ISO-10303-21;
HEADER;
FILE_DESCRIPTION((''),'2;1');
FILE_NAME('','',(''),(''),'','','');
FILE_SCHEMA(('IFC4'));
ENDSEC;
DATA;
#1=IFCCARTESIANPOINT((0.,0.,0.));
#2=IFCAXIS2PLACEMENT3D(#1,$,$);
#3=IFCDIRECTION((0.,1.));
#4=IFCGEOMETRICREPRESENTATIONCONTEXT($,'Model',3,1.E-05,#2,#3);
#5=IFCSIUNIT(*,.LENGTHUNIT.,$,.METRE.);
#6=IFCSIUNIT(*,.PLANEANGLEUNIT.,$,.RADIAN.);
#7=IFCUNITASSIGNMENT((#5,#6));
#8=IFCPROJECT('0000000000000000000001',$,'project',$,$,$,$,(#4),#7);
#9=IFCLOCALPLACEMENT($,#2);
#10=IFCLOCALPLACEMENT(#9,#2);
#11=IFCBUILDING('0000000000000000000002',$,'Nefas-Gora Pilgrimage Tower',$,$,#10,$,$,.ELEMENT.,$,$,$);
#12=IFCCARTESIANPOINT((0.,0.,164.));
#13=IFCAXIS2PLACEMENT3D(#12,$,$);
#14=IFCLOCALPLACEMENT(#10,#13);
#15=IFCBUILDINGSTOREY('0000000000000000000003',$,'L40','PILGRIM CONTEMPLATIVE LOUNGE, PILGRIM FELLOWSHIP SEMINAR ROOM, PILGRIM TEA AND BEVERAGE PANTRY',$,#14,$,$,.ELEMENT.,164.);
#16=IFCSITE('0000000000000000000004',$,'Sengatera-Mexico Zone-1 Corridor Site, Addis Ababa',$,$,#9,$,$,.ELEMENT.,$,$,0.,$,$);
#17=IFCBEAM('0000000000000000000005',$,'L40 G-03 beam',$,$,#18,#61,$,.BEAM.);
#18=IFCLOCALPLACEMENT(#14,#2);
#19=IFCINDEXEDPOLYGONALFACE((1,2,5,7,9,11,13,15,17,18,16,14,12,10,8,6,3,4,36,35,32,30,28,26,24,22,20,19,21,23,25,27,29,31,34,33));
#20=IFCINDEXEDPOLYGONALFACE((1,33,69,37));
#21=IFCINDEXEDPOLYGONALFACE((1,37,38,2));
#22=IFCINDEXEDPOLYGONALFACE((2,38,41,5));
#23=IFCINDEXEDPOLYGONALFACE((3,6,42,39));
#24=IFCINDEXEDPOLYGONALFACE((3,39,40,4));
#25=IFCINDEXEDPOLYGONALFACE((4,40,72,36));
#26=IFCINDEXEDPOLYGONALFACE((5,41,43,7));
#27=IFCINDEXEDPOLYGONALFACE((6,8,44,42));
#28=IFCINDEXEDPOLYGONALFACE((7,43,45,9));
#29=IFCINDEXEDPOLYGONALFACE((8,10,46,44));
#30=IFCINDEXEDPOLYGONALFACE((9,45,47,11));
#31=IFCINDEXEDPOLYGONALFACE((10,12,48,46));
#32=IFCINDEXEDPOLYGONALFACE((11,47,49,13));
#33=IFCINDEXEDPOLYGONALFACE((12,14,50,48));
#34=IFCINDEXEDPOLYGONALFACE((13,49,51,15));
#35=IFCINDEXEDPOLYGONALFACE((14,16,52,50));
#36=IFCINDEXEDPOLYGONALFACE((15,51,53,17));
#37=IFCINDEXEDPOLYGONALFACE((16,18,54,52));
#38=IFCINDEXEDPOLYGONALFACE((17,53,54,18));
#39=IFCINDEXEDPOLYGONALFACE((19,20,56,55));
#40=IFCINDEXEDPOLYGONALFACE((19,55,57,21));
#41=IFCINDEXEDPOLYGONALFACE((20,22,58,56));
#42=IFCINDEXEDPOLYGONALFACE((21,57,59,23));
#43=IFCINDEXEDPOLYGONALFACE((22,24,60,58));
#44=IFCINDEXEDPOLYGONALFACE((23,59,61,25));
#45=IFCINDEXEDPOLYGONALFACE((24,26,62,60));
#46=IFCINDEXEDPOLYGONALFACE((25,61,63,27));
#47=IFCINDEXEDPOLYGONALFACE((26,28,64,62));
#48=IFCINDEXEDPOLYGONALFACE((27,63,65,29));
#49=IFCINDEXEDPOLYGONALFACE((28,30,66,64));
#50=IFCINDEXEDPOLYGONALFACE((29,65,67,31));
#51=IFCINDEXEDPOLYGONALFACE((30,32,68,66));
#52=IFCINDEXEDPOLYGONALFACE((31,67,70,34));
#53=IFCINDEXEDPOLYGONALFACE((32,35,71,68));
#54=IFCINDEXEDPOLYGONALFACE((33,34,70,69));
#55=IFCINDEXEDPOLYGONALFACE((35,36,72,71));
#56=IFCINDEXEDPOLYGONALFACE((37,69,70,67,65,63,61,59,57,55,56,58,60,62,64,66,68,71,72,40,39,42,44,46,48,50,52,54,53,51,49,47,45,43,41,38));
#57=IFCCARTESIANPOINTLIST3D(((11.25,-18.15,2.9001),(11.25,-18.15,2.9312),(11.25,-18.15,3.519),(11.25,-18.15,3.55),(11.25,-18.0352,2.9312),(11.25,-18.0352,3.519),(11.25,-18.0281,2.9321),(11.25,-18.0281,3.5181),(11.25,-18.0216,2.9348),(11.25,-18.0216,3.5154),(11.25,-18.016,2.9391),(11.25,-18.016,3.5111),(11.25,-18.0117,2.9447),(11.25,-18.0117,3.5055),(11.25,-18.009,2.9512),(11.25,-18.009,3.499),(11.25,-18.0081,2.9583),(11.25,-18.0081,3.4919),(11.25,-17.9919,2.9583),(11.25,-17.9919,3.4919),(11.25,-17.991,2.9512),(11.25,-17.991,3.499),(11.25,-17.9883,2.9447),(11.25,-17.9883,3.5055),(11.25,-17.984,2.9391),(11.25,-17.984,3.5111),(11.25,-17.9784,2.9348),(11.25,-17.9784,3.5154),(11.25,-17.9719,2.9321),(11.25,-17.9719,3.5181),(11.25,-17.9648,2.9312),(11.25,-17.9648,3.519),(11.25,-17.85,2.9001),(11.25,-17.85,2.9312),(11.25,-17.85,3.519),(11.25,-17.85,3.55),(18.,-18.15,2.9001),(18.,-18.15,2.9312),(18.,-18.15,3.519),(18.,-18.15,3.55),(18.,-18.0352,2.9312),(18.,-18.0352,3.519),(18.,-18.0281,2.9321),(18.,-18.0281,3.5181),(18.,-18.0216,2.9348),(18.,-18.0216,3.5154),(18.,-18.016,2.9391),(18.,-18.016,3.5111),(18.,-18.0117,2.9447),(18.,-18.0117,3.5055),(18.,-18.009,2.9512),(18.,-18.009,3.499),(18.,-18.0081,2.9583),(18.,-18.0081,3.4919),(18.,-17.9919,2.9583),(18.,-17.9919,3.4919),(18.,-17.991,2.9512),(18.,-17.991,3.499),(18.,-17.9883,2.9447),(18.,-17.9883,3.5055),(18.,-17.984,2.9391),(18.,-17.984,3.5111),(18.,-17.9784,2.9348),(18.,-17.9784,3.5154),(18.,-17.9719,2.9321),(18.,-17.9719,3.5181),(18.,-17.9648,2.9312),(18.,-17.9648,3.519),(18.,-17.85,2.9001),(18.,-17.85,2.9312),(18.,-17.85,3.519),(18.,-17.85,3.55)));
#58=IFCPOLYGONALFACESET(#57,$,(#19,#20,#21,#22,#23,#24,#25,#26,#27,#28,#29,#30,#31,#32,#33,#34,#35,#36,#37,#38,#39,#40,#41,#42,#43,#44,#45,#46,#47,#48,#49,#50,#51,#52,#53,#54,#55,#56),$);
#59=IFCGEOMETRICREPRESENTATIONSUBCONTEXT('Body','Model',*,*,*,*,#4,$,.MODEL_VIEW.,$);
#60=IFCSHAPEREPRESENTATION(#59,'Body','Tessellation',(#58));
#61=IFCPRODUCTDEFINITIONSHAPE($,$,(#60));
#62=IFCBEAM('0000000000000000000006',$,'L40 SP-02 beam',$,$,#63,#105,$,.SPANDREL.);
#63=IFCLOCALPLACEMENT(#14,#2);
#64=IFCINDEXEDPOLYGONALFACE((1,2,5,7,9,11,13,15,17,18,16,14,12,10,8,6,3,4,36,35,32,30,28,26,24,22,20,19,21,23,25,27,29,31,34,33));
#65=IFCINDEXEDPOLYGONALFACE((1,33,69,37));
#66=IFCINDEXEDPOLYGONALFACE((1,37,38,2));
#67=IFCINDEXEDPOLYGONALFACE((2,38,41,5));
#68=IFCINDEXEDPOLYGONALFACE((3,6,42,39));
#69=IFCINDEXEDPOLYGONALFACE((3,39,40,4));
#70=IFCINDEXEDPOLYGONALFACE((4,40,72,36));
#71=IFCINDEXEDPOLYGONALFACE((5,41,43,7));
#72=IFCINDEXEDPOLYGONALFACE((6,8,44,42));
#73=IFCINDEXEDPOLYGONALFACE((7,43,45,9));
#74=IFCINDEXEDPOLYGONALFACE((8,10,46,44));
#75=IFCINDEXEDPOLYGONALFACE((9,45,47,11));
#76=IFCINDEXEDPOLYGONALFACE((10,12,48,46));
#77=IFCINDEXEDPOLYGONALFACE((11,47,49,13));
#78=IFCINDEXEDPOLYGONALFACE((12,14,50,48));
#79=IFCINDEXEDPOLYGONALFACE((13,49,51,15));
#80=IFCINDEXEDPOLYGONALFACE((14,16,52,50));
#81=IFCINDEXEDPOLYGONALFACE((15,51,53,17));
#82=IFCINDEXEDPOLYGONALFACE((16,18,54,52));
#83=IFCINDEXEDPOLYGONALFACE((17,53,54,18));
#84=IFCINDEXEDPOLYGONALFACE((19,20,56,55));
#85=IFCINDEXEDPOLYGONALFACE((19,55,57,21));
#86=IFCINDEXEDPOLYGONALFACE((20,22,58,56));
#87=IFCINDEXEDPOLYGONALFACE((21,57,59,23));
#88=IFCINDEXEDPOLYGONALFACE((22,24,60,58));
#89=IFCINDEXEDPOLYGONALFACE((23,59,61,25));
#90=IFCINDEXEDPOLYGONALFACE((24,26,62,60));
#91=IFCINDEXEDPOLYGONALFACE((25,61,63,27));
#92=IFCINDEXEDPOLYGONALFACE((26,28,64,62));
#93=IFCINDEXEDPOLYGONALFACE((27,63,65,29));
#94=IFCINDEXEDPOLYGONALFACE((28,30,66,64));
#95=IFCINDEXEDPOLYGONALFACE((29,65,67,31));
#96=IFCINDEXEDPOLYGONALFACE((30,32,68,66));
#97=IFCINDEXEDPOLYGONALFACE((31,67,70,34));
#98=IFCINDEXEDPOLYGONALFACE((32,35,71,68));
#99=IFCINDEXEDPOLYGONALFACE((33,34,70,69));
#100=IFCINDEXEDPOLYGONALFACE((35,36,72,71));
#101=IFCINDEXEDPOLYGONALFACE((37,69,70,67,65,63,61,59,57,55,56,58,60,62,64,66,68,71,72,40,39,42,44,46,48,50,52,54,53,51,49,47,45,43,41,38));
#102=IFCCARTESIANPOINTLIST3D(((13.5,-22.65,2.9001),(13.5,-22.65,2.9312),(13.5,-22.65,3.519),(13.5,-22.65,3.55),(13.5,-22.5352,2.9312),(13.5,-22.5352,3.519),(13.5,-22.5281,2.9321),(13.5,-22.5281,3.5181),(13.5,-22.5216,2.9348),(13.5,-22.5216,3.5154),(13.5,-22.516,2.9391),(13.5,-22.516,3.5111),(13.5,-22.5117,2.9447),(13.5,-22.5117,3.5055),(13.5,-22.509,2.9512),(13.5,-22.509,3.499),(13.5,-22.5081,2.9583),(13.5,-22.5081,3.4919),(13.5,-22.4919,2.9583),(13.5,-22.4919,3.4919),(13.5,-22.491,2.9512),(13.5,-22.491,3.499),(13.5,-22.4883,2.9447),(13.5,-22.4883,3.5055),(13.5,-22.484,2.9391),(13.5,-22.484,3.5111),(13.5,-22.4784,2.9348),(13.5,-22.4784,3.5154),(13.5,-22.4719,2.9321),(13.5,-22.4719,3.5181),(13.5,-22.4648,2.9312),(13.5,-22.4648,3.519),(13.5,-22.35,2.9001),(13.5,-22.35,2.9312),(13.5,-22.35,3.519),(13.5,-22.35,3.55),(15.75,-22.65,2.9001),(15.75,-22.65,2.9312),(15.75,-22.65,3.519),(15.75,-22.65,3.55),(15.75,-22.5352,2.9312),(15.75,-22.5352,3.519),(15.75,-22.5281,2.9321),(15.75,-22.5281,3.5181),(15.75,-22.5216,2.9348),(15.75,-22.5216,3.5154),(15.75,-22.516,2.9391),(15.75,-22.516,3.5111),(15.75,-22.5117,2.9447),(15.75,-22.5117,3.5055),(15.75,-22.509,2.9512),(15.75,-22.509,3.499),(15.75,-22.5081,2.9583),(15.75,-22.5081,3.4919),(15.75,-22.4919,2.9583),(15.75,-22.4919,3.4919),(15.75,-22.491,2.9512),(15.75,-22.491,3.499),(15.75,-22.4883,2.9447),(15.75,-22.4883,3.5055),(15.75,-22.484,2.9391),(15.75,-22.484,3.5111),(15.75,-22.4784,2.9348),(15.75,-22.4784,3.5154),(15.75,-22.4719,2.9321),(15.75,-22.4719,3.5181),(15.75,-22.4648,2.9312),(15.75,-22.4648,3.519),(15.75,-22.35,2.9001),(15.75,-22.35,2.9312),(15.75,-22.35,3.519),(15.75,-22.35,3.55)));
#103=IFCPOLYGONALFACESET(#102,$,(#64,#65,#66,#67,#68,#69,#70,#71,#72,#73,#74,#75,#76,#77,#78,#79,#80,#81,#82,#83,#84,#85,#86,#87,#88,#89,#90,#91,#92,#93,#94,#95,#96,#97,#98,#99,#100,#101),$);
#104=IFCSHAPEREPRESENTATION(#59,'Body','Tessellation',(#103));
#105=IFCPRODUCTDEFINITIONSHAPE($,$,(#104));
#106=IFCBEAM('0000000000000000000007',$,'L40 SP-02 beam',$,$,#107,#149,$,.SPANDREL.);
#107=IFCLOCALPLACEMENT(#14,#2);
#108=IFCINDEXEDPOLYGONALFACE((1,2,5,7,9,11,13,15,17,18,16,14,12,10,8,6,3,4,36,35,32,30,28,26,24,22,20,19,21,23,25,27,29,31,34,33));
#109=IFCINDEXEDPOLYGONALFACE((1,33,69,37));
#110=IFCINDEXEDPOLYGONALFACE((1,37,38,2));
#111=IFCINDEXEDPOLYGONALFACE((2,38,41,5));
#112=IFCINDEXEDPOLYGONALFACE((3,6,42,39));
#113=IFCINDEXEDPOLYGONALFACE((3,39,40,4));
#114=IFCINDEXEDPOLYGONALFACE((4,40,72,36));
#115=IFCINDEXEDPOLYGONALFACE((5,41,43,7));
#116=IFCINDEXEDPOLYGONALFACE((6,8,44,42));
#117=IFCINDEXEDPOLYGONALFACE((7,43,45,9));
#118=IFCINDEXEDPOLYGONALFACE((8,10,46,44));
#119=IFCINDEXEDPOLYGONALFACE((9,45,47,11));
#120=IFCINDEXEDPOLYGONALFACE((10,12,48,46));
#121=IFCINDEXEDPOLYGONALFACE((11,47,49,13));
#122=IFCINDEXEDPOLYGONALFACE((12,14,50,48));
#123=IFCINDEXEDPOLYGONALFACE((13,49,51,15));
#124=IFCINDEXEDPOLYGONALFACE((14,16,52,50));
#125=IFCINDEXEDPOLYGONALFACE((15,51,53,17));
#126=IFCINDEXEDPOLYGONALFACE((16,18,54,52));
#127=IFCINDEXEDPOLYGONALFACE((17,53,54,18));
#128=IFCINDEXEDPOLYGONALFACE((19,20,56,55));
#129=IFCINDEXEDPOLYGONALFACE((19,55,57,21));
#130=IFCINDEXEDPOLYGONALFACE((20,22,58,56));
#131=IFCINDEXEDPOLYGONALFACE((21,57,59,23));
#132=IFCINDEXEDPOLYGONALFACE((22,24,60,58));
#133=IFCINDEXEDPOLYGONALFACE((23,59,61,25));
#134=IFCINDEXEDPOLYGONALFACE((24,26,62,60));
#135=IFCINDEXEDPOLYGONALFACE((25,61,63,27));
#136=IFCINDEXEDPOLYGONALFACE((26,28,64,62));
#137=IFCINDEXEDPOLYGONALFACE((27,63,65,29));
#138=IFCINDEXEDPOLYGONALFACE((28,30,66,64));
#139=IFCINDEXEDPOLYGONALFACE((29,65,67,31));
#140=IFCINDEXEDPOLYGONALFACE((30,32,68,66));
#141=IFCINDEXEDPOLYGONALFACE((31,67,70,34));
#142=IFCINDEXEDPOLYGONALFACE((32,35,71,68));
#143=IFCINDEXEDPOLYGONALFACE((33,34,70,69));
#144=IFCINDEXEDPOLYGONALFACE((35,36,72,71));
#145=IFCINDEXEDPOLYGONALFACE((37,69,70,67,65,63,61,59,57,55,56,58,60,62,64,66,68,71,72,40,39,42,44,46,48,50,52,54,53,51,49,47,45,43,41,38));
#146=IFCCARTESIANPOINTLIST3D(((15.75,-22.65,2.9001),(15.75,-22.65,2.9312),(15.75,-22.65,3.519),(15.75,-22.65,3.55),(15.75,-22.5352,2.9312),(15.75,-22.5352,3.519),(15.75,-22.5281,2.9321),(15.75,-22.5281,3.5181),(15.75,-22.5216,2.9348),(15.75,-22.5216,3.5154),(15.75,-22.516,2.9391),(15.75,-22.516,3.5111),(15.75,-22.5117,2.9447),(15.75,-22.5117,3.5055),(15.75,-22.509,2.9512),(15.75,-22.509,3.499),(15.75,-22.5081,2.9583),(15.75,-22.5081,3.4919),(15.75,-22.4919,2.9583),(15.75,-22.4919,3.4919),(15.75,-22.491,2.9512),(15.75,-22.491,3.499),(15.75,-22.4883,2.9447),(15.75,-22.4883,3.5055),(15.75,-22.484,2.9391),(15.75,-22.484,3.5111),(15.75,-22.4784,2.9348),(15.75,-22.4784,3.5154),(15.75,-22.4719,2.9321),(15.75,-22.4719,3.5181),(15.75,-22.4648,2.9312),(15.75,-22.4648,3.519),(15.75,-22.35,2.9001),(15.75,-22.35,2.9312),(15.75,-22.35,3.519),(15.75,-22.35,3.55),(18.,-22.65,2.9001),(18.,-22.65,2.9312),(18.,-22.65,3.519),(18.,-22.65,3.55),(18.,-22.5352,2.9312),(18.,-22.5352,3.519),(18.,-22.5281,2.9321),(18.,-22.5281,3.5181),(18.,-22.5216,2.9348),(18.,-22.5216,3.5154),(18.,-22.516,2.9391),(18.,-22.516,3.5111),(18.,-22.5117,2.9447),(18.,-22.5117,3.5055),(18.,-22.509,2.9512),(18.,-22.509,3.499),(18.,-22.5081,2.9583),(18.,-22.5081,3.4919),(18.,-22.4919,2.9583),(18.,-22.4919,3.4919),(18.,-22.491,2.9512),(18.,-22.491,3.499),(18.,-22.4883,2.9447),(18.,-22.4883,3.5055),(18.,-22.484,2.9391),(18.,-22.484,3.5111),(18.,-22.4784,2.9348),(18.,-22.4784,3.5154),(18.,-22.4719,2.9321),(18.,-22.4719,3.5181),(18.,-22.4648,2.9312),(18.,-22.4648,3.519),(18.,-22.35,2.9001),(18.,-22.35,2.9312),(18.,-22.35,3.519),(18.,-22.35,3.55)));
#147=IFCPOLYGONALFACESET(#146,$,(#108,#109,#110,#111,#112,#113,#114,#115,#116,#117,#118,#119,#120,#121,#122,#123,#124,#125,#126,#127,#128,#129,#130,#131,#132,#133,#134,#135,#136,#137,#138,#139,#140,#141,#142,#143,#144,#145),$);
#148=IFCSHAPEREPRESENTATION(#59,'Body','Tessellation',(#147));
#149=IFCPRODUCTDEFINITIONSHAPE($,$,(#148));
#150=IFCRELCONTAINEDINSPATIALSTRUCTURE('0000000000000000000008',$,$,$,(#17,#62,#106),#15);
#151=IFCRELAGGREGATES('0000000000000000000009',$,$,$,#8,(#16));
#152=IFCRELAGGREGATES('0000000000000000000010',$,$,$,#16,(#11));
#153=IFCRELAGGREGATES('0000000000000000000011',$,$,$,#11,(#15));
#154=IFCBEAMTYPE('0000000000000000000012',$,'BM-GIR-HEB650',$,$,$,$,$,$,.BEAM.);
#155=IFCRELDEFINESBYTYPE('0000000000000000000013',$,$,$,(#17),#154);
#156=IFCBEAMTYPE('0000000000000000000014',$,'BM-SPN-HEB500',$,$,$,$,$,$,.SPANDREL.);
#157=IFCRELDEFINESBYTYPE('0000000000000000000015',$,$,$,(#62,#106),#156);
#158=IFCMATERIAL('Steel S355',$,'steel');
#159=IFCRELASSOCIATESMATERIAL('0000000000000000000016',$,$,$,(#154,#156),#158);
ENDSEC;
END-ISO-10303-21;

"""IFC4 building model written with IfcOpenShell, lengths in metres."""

from ifc_helpers import new_model, si_unit, direction, frame, origin, origin_2d, place, context, subcontext, project, spatial, i_section, extrude, source, transform, mapped, material, material_profile, profile_set, type_object, element, save


model = new_model("IFC4")

# Units and contexts
model_context = context("Model", 3, precision=1e-05, world=origin(), true_north=direction((0.0, 1.0)))
body_context = subcontext(model_context, "Body", "Model", "MODEL_VIEW")
ifc_project = project(units=[si_unit("LENGTHUNIT", "METRE"), si_unit("PLANEANGLEUNIT", "RADIAN")], contexts=[model_context])

# Site, building, storey
site_placement = place(None, origin())
site = spatial("IfcSite", under=ifc_project, at=site_placement, Name="Sengatera-Mexico Zone-1 Corridor Site, Addis Ababa", CompositionType="ELEMENT", RefElevation=0.0)
building_placement = place(site_placement, origin())
building = spatial("IfcBuilding", under=site, at=building_placement, Name="Nefas-Gora Pilgrimage Tower", CompositionType="ELEMENT")
storey_placement = place(building_placement, frame((0.0, 0.0, 164.0)))
storey = spatial("IfcBuildingStorey", under=building, at=storey_placement, Name="L40", Description="PILGRIM CONTEMPLATIVE LOUNGE, PILGRIM FELLOWSHIP SEMINAR ROOM, PILGRIM TEA AND BEVERAGE PANTRY", CompositionType="ELEMENT", Elevation=164.0)

# Beams
ifc_material_1 = material(Name="Steel S355", Category="steel")
ifc_material_profile_1 = material_profile(ifc_material_1, i_section(OverallWidth=0.3, OverallDepth=0.6499, WebThickness=0.0161, FlangeThickness=0.031, FilletRadius=0.0271, at=origin_2d()), Name="HEB 650")
ifc_profile_set_1 = profile_set([ifc_material_profile_1], Name="Steel S355")
beam_type_1 = type_object("IfcBeamType", Name="BM-GIR-HEB650", PredefinedType="BEAM", material=ifc_profile_set_1)
shared_shape_1 = source(origin(), body_context, "Body", "SweptSolid", [
    extrude(i_section(OverallWidth=0.3, OverallDepth=0.6499, WebThickness=0.0161, FlangeThickness=0.031, FilletRadius=0.0271, at=origin_2d()), origin(), (0.0, 0.0, 1.0), 6.75),
])
beam_placement = place(storey_placement, frame((11.25, -18.0, 3.2251), z_axis=(1.0, 0.0, 0.0), x_axis=(0.0, 1.0, 0.0)))
element("IfcBeam", 1, at=beam_placement, inside=storey, type_object=beam_type_1, Name="L40 G-03 beam", PredefinedType="BEAM", context=body_context, shape_type="MappedRepresentation", body=[
    mapped(shared_shape_1, transform((0.0, 0.0, 0.0), x_axis=(1.0, 0.0, 0.0), y_axis=(0.0, 1.0, 0.0), z_axis=(0.0, 0.0, 1.0), scale=1.0)),
])
ifc_material_profile_2 = material_profile(ifc_material_1, i_section(OverallWidth=0.3, OverallDepth=0.6499, WebThickness=0.0161, FlangeThickness=0.031, FilletRadius=0.0271, at=origin_2d()), Name="HEB 650")
ifc_profile_set_2 = profile_set([ifc_material_profile_2], Name="Steel S355")
beam_type_2 = type_object("IfcBeamType", Name="BM-SPN-HEB500", PredefinedType="SPANDREL", material=ifc_profile_set_2)
shared_shape_2 = source(origin(), body_context, "Body", "SweptSolid", [
    extrude(i_section(OverallWidth=0.3, OverallDepth=0.6499, WebThickness=0.0161, FlangeThickness=0.031, FilletRadius=0.0271, at=origin_2d()), origin(), (0.0, 0.0, 1.0), 2.25),
])
for number, where, z_axis, x_axis, name in (
    (2, (13.5, -22.5, 3.2251), (1.0, 0.0, 0.0), (0.0, 1.0, 0.0), "L40 SP-02 beam"),
    (3, (15.75, -22.5, 3.2251), (1.0, 0.0, 0.0), (0.0, 1.0, 0.0), "L40 SP-02 beam"),
):
    element("IfcBeam", number, at=place(storey_placement, frame(where, z_axis=z_axis, x_axis=x_axis)), inside=storey, type_object=beam_type_2, Name=name, PredefinedType="SPANDREL", context=body_context, shape_type="MappedRepresentation", body=[
        mapped(shared_shape_2, transform((0.0, 0.0, 0.0), x_axis=(1.0, 0.0, 0.0), y_axis=(0.0, 1.0, 0.0), z_axis=(0.0, 0.0, 1.0), scale=1.0)),
    ])

save(model, "model.ifc")
